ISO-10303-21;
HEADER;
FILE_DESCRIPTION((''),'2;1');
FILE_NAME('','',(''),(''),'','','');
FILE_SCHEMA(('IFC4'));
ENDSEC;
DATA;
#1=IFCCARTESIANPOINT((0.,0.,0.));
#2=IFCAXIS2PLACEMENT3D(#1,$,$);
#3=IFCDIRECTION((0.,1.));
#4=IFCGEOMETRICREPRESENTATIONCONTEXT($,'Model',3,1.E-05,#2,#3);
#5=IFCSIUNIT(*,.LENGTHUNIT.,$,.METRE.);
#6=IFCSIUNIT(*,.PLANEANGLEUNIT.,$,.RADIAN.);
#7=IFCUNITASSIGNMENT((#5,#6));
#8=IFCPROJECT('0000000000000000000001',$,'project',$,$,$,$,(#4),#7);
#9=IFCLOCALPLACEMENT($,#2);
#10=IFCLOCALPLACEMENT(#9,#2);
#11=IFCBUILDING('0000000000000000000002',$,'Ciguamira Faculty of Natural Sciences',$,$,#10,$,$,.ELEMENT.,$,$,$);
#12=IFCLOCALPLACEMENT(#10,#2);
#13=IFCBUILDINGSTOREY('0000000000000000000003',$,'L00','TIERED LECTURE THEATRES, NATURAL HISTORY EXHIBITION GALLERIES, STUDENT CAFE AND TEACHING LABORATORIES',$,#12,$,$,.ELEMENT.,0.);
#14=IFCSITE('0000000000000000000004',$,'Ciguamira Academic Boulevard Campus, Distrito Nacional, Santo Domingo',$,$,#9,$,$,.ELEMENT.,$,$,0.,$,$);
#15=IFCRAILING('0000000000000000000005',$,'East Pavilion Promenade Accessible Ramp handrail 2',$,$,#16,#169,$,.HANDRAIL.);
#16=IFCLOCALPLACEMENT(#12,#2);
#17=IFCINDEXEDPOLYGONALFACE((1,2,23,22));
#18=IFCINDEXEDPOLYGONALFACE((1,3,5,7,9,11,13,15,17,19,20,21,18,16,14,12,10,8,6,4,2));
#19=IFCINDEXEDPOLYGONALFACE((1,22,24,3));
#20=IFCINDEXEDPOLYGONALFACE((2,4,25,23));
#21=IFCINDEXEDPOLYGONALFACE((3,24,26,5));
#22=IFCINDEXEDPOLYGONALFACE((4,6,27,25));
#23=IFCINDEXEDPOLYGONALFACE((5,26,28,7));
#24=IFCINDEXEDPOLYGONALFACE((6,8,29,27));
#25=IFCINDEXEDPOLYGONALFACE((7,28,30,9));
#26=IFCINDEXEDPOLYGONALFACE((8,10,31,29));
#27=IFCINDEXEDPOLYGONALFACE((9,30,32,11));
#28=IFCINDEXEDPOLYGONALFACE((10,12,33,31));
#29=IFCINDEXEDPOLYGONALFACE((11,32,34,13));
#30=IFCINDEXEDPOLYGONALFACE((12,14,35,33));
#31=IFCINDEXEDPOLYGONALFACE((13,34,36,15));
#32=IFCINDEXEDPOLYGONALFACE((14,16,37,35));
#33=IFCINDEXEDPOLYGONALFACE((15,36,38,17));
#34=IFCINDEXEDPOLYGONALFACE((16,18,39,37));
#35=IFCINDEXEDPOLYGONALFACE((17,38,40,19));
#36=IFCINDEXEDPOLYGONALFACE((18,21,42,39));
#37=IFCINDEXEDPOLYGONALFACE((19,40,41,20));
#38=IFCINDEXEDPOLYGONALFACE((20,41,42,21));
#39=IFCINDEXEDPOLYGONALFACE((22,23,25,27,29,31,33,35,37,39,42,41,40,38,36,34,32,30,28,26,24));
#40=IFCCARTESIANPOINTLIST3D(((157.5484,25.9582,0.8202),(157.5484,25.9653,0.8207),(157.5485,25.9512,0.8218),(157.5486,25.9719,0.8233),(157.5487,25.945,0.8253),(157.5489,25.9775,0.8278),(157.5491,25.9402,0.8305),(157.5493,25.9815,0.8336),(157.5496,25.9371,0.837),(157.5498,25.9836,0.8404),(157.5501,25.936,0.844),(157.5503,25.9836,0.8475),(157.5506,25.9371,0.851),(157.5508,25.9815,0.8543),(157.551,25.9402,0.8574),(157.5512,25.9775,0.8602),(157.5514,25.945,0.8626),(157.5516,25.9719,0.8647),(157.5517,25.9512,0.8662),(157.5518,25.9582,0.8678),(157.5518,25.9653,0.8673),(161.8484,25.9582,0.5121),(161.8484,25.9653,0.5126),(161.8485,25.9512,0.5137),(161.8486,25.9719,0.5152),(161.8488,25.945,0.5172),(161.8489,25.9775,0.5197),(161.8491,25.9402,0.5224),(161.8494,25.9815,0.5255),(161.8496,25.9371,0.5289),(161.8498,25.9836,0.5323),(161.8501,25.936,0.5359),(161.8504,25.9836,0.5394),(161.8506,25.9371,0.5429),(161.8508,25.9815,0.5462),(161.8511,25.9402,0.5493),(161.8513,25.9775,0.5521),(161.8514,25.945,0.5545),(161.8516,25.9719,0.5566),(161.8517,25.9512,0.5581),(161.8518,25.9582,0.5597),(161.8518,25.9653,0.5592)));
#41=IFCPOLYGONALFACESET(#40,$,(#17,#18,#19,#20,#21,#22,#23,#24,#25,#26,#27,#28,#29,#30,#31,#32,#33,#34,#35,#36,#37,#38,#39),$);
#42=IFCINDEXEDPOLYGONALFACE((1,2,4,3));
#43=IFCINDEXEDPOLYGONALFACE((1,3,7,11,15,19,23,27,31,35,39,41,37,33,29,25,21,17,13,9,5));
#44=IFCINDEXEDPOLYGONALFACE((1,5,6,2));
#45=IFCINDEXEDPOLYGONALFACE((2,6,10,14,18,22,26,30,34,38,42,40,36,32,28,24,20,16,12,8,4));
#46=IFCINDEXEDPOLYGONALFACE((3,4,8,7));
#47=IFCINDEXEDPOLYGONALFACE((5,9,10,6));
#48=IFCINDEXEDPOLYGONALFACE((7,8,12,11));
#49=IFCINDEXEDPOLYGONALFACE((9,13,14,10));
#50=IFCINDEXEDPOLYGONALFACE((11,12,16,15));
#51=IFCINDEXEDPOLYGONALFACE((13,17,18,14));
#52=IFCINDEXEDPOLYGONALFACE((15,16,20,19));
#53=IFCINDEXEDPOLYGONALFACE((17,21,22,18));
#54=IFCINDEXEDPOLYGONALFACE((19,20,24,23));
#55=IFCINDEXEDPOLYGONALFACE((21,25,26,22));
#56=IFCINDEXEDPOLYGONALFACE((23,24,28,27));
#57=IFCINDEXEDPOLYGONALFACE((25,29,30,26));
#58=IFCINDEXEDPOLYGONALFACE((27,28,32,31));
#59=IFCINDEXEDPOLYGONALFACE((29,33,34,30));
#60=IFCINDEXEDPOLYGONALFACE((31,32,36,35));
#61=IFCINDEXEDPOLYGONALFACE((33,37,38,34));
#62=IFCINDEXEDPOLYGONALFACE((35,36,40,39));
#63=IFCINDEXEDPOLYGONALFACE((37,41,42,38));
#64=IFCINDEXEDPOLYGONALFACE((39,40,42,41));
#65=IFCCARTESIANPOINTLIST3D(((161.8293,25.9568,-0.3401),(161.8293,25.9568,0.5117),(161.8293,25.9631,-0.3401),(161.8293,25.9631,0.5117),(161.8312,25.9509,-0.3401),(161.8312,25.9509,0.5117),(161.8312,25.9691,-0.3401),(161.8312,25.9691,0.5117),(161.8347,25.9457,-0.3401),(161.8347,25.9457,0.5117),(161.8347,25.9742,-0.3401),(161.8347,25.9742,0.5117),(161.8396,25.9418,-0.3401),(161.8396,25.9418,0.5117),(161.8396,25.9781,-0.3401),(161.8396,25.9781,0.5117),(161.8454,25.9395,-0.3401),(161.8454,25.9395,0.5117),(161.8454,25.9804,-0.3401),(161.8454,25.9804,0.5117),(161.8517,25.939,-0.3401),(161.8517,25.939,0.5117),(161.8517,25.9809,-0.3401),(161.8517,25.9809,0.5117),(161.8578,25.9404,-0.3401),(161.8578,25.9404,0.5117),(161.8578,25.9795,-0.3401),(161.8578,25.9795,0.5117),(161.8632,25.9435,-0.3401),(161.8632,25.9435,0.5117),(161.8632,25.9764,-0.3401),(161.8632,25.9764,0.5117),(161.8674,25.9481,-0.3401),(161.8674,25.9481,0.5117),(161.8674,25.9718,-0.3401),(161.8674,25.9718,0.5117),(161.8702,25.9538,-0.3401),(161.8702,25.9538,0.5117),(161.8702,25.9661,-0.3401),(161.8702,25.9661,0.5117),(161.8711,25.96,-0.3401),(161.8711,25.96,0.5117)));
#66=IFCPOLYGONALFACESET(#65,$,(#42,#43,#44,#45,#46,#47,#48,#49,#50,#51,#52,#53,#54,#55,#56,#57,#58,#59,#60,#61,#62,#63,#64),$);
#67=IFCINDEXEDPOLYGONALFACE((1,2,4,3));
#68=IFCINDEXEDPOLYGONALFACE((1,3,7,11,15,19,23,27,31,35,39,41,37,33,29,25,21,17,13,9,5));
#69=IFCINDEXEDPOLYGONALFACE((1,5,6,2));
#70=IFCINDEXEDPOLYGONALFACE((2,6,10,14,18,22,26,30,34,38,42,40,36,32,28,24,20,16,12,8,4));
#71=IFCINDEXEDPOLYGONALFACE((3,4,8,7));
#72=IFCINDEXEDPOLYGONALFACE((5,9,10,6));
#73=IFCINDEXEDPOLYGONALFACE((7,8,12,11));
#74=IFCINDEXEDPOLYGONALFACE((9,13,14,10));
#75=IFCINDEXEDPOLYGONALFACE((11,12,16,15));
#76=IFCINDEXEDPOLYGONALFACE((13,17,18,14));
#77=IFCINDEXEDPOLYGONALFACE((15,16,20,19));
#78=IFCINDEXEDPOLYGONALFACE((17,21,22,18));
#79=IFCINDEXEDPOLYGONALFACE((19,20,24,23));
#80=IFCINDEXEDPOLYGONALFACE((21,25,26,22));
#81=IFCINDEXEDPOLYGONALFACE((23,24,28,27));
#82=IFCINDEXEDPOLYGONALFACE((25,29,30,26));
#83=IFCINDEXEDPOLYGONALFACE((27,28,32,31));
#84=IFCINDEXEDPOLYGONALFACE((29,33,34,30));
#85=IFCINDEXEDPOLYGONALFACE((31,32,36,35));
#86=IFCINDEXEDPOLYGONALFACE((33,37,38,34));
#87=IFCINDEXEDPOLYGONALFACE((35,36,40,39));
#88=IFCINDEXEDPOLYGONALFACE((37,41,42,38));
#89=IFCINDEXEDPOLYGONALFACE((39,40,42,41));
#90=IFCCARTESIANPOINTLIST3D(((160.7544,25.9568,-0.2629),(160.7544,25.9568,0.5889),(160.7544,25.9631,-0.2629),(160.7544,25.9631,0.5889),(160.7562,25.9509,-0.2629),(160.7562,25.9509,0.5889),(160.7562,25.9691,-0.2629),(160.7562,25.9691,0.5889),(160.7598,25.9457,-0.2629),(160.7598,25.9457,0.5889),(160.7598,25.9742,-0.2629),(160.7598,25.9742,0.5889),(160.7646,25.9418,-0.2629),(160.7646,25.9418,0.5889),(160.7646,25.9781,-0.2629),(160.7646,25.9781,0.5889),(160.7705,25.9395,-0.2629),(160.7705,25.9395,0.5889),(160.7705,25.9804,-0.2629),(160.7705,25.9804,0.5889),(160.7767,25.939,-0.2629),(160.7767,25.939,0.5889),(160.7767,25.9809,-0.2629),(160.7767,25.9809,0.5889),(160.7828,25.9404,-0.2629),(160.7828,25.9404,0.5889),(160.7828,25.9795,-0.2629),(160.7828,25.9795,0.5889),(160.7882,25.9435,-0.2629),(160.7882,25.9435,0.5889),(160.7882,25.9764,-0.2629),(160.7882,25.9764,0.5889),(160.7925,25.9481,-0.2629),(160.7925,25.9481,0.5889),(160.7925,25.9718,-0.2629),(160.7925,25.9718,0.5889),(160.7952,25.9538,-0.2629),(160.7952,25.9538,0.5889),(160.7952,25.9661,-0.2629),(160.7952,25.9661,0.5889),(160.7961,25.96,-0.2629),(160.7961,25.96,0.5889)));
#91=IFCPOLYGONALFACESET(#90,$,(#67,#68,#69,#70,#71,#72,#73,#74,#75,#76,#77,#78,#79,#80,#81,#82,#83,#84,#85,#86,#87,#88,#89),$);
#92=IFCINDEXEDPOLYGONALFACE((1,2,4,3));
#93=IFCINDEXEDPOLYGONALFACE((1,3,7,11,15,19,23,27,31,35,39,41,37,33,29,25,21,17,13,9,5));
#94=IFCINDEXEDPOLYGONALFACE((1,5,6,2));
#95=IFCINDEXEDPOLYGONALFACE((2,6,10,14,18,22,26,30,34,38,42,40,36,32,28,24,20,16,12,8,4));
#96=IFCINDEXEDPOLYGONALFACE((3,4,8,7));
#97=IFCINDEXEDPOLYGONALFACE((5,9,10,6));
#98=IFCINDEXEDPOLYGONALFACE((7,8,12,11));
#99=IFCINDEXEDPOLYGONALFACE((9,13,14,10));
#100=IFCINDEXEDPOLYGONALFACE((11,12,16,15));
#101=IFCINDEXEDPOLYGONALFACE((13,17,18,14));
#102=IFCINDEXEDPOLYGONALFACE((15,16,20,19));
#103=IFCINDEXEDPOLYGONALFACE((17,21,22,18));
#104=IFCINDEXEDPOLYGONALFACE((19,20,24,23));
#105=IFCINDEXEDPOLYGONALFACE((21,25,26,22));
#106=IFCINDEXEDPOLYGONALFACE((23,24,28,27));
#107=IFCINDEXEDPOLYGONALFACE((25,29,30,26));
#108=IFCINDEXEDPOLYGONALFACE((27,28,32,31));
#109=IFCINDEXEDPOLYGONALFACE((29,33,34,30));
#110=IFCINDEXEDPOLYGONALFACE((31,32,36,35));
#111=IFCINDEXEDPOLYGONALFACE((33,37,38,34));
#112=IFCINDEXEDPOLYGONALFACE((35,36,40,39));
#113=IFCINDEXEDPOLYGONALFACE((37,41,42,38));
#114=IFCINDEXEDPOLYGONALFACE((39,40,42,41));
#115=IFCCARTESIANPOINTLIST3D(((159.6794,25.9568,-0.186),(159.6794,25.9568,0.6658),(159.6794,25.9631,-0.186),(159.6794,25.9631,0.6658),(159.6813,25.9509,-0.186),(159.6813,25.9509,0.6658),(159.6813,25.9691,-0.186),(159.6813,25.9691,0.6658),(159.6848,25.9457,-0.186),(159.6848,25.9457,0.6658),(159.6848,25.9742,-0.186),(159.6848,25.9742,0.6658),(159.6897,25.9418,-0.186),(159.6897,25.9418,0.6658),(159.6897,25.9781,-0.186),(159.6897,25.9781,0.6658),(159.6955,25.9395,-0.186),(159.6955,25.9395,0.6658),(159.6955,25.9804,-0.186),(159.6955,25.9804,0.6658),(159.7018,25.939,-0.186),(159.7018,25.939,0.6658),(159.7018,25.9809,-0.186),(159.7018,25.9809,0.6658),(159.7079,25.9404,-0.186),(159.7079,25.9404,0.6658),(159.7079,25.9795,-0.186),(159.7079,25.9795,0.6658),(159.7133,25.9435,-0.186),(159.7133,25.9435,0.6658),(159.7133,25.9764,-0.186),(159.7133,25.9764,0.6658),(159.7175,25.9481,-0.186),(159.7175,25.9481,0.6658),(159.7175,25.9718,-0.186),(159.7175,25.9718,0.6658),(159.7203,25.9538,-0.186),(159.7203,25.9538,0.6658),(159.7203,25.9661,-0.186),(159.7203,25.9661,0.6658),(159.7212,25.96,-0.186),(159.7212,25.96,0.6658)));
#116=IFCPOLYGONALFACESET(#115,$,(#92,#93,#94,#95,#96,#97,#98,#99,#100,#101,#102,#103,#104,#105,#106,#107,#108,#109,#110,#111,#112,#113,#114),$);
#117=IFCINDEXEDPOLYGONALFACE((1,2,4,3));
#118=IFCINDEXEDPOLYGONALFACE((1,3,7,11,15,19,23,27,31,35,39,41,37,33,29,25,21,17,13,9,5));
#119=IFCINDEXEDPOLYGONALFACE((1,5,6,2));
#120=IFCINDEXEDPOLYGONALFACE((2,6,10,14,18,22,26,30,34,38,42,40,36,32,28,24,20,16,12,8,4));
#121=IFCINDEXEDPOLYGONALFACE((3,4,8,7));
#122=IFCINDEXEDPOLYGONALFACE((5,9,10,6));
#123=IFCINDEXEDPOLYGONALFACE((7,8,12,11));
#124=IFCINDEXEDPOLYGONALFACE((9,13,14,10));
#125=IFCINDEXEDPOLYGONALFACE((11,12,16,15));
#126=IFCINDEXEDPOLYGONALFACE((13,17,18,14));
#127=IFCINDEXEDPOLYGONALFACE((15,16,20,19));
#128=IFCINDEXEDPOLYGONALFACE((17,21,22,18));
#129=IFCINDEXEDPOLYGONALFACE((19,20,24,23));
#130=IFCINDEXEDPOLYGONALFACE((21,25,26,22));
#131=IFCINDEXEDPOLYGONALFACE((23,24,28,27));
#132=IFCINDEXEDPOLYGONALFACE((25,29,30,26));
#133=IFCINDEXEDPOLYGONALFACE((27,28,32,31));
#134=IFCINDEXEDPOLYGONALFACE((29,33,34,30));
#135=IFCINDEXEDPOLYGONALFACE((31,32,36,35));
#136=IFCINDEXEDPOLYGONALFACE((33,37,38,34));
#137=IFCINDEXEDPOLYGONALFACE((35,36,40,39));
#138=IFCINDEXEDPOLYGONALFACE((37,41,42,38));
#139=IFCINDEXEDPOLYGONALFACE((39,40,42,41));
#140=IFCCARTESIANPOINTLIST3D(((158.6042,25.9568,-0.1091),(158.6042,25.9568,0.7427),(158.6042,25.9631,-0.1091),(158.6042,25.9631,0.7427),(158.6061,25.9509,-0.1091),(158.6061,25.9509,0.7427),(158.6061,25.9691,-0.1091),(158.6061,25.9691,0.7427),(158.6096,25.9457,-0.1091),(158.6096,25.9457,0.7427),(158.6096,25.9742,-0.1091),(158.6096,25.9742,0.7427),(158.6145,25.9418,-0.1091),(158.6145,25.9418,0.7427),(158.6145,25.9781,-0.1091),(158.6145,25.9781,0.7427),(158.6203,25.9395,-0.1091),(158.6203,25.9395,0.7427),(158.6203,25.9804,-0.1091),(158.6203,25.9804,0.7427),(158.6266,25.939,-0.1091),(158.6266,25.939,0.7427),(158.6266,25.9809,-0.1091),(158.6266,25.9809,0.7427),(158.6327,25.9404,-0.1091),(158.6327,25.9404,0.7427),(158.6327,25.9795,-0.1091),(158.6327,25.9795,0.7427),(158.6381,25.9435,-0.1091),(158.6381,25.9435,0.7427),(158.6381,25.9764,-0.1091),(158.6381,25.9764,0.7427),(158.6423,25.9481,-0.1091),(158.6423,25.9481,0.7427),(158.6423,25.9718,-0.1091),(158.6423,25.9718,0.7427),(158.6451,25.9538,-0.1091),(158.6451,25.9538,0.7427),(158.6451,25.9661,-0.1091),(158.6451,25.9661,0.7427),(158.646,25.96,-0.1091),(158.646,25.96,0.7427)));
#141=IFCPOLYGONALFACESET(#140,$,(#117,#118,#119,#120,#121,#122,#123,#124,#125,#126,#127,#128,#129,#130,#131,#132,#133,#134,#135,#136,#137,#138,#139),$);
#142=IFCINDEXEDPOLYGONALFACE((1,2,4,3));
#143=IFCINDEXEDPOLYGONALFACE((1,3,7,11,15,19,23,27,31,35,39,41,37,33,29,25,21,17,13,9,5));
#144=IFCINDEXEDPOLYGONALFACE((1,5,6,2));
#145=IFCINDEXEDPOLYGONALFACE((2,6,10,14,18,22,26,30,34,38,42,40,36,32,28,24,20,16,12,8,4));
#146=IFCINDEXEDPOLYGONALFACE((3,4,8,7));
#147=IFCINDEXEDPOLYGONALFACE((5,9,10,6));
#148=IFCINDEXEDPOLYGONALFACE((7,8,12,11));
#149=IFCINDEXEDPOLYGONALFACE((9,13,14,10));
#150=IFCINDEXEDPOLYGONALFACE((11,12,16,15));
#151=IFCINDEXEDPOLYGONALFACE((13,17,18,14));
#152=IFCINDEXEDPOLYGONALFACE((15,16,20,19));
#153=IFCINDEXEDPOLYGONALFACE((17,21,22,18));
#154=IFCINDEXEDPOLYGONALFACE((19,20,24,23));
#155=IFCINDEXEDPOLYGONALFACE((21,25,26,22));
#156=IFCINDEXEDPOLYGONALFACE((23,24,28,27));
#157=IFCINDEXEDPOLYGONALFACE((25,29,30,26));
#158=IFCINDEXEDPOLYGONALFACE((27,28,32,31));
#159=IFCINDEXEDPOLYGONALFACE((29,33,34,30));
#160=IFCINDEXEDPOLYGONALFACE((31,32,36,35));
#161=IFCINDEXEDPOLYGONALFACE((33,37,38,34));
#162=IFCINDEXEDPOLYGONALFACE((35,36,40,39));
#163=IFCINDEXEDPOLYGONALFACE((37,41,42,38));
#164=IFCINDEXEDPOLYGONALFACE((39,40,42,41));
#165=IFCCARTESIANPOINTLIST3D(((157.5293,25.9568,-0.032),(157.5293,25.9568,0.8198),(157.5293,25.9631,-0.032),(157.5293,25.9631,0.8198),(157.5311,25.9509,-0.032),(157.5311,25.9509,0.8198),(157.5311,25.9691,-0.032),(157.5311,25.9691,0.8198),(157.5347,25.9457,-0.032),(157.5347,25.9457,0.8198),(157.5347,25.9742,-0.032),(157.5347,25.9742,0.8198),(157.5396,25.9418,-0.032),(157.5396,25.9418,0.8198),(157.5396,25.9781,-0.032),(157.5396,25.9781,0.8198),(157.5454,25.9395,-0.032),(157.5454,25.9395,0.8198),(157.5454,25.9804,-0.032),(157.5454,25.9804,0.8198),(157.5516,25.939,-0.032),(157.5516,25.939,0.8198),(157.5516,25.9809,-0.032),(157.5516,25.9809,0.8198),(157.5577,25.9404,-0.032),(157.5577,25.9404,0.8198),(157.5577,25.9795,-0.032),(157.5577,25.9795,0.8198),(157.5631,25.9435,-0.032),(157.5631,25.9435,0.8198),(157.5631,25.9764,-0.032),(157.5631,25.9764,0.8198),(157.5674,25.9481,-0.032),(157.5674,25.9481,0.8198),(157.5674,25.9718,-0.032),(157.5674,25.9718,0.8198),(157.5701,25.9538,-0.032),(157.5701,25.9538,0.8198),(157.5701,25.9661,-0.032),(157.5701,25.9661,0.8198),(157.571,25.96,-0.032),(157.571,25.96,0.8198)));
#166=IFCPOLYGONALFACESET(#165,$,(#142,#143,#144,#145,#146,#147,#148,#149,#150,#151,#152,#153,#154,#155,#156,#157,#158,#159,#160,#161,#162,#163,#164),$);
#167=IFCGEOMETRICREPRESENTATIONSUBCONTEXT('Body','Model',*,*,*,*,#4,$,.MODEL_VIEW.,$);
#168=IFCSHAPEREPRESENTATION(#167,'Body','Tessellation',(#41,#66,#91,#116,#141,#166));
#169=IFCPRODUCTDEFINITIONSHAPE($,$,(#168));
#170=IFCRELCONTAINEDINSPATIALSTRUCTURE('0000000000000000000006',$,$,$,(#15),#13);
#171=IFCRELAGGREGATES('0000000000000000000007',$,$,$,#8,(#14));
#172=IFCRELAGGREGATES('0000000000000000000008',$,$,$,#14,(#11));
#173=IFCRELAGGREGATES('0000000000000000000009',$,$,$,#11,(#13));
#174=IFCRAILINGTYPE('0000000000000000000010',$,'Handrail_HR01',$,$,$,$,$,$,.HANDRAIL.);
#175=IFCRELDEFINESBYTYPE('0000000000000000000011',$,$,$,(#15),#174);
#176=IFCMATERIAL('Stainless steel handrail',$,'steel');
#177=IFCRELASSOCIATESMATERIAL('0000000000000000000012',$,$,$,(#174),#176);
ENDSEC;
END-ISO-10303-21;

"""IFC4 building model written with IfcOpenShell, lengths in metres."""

from ifc_helpers import new_model, si_unit, direction, frame, origin, origin_2d, place, context, subcontext, project, spatial, circle, extrude, material, type_object, element, save


model = new_model("IFC4")

# Units and contexts
model_context = context("Model", 3, precision=1e-05, world=origin(), true_north=direction((0.0, 1.0)))
body_context = subcontext(model_context, "Body", "Model", "MODEL_VIEW")
ifc_project = project(units=[si_unit("LENGTHUNIT", "METRE"), si_unit("PLANEANGLEUNIT", "RADIAN")], contexts=[model_context])

# Site, building, storey
site_placement = place(None, origin())
site = spatial("IfcSite", under=ifc_project, at=site_placement, Name="Ciguamira Academic Boulevard Campus, Distrito Nacional, Santo Domingo", CompositionType="ELEMENT", RefElevation=0.0)
building_placement = place(site_placement, origin())
building = spatial("IfcBuilding", under=site, at=building_placement, Name="Ciguamira Faculty of Natural Sciences", CompositionType="ELEMENT")
storey_placement = place(building_placement, origin())
storey = spatial("IfcBuildingStorey", under=building, at=storey_placement, Name="L00", Description="TIERED LECTURE THEATRES, NATURAL HISTORY EXHIBITION GALLERIES, STUDENT CAFE AND TEACHING LABORATORIES", CompositionType="ELEMENT", Elevation=0.0)

# Railing
ifc_material_1 = material(Name="Stainless steel handrail", Category="steel")
railing_type_1 = type_object("IfcRailingType", Name="Handrail_HR01", PredefinedType="HANDRAIL", material=ifc_material_1)
for number, where, name in (
    (1, (161.8501, 25.96, -0.3401), "East Pavilion Promenade Accessible Ramp handrail 2"),
):
    element("IfcRailing", number, at=place(storey_placement, frame(where)), inside=storey, type_object=railing_type_1, Name=name, PredefinedType="HANDRAIL", context=body_context, shape_type="SweptSolid", body=[
        extrude(circle(Radius=0.0239, at=origin_2d()), frame((0.0, 0.0, 0.876), z_axis=(-0.997443, 0.0, 0.071468), x_axis=(0.0, -1.0, 0.0)), (0.0, 0.0, 1.0), 4.311),
        extrude(circle(Radius=0.021, at=origin_2d()), origin(), (0.0, 0.0, 1.0), 0.8518),
        extrude(circle(Radius=0.021, at=origin_2d()), frame((-1.075, 0.0, 0.0771)), (0.0, 0.0, 1.0), 0.8518),
        extrude(circle(Radius=0.021, at=origin_2d()), frame((-2.1499, 0.0, 0.1541)), (0.0, 0.0, 1.0), 0.8518),
        extrude(circle(Radius=0.021, at=origin_2d()), frame((-3.2251, 0.0, 0.231)), (0.0, 0.0, 1.0), 0.8518),
        extrude(circle(Radius=0.021, at=origin_2d()), frame((-4.3, 0.0, 0.3081)), (0.0, 0.0, 1.0), 0.8518),
    ])

save(model, "model.ifc")
